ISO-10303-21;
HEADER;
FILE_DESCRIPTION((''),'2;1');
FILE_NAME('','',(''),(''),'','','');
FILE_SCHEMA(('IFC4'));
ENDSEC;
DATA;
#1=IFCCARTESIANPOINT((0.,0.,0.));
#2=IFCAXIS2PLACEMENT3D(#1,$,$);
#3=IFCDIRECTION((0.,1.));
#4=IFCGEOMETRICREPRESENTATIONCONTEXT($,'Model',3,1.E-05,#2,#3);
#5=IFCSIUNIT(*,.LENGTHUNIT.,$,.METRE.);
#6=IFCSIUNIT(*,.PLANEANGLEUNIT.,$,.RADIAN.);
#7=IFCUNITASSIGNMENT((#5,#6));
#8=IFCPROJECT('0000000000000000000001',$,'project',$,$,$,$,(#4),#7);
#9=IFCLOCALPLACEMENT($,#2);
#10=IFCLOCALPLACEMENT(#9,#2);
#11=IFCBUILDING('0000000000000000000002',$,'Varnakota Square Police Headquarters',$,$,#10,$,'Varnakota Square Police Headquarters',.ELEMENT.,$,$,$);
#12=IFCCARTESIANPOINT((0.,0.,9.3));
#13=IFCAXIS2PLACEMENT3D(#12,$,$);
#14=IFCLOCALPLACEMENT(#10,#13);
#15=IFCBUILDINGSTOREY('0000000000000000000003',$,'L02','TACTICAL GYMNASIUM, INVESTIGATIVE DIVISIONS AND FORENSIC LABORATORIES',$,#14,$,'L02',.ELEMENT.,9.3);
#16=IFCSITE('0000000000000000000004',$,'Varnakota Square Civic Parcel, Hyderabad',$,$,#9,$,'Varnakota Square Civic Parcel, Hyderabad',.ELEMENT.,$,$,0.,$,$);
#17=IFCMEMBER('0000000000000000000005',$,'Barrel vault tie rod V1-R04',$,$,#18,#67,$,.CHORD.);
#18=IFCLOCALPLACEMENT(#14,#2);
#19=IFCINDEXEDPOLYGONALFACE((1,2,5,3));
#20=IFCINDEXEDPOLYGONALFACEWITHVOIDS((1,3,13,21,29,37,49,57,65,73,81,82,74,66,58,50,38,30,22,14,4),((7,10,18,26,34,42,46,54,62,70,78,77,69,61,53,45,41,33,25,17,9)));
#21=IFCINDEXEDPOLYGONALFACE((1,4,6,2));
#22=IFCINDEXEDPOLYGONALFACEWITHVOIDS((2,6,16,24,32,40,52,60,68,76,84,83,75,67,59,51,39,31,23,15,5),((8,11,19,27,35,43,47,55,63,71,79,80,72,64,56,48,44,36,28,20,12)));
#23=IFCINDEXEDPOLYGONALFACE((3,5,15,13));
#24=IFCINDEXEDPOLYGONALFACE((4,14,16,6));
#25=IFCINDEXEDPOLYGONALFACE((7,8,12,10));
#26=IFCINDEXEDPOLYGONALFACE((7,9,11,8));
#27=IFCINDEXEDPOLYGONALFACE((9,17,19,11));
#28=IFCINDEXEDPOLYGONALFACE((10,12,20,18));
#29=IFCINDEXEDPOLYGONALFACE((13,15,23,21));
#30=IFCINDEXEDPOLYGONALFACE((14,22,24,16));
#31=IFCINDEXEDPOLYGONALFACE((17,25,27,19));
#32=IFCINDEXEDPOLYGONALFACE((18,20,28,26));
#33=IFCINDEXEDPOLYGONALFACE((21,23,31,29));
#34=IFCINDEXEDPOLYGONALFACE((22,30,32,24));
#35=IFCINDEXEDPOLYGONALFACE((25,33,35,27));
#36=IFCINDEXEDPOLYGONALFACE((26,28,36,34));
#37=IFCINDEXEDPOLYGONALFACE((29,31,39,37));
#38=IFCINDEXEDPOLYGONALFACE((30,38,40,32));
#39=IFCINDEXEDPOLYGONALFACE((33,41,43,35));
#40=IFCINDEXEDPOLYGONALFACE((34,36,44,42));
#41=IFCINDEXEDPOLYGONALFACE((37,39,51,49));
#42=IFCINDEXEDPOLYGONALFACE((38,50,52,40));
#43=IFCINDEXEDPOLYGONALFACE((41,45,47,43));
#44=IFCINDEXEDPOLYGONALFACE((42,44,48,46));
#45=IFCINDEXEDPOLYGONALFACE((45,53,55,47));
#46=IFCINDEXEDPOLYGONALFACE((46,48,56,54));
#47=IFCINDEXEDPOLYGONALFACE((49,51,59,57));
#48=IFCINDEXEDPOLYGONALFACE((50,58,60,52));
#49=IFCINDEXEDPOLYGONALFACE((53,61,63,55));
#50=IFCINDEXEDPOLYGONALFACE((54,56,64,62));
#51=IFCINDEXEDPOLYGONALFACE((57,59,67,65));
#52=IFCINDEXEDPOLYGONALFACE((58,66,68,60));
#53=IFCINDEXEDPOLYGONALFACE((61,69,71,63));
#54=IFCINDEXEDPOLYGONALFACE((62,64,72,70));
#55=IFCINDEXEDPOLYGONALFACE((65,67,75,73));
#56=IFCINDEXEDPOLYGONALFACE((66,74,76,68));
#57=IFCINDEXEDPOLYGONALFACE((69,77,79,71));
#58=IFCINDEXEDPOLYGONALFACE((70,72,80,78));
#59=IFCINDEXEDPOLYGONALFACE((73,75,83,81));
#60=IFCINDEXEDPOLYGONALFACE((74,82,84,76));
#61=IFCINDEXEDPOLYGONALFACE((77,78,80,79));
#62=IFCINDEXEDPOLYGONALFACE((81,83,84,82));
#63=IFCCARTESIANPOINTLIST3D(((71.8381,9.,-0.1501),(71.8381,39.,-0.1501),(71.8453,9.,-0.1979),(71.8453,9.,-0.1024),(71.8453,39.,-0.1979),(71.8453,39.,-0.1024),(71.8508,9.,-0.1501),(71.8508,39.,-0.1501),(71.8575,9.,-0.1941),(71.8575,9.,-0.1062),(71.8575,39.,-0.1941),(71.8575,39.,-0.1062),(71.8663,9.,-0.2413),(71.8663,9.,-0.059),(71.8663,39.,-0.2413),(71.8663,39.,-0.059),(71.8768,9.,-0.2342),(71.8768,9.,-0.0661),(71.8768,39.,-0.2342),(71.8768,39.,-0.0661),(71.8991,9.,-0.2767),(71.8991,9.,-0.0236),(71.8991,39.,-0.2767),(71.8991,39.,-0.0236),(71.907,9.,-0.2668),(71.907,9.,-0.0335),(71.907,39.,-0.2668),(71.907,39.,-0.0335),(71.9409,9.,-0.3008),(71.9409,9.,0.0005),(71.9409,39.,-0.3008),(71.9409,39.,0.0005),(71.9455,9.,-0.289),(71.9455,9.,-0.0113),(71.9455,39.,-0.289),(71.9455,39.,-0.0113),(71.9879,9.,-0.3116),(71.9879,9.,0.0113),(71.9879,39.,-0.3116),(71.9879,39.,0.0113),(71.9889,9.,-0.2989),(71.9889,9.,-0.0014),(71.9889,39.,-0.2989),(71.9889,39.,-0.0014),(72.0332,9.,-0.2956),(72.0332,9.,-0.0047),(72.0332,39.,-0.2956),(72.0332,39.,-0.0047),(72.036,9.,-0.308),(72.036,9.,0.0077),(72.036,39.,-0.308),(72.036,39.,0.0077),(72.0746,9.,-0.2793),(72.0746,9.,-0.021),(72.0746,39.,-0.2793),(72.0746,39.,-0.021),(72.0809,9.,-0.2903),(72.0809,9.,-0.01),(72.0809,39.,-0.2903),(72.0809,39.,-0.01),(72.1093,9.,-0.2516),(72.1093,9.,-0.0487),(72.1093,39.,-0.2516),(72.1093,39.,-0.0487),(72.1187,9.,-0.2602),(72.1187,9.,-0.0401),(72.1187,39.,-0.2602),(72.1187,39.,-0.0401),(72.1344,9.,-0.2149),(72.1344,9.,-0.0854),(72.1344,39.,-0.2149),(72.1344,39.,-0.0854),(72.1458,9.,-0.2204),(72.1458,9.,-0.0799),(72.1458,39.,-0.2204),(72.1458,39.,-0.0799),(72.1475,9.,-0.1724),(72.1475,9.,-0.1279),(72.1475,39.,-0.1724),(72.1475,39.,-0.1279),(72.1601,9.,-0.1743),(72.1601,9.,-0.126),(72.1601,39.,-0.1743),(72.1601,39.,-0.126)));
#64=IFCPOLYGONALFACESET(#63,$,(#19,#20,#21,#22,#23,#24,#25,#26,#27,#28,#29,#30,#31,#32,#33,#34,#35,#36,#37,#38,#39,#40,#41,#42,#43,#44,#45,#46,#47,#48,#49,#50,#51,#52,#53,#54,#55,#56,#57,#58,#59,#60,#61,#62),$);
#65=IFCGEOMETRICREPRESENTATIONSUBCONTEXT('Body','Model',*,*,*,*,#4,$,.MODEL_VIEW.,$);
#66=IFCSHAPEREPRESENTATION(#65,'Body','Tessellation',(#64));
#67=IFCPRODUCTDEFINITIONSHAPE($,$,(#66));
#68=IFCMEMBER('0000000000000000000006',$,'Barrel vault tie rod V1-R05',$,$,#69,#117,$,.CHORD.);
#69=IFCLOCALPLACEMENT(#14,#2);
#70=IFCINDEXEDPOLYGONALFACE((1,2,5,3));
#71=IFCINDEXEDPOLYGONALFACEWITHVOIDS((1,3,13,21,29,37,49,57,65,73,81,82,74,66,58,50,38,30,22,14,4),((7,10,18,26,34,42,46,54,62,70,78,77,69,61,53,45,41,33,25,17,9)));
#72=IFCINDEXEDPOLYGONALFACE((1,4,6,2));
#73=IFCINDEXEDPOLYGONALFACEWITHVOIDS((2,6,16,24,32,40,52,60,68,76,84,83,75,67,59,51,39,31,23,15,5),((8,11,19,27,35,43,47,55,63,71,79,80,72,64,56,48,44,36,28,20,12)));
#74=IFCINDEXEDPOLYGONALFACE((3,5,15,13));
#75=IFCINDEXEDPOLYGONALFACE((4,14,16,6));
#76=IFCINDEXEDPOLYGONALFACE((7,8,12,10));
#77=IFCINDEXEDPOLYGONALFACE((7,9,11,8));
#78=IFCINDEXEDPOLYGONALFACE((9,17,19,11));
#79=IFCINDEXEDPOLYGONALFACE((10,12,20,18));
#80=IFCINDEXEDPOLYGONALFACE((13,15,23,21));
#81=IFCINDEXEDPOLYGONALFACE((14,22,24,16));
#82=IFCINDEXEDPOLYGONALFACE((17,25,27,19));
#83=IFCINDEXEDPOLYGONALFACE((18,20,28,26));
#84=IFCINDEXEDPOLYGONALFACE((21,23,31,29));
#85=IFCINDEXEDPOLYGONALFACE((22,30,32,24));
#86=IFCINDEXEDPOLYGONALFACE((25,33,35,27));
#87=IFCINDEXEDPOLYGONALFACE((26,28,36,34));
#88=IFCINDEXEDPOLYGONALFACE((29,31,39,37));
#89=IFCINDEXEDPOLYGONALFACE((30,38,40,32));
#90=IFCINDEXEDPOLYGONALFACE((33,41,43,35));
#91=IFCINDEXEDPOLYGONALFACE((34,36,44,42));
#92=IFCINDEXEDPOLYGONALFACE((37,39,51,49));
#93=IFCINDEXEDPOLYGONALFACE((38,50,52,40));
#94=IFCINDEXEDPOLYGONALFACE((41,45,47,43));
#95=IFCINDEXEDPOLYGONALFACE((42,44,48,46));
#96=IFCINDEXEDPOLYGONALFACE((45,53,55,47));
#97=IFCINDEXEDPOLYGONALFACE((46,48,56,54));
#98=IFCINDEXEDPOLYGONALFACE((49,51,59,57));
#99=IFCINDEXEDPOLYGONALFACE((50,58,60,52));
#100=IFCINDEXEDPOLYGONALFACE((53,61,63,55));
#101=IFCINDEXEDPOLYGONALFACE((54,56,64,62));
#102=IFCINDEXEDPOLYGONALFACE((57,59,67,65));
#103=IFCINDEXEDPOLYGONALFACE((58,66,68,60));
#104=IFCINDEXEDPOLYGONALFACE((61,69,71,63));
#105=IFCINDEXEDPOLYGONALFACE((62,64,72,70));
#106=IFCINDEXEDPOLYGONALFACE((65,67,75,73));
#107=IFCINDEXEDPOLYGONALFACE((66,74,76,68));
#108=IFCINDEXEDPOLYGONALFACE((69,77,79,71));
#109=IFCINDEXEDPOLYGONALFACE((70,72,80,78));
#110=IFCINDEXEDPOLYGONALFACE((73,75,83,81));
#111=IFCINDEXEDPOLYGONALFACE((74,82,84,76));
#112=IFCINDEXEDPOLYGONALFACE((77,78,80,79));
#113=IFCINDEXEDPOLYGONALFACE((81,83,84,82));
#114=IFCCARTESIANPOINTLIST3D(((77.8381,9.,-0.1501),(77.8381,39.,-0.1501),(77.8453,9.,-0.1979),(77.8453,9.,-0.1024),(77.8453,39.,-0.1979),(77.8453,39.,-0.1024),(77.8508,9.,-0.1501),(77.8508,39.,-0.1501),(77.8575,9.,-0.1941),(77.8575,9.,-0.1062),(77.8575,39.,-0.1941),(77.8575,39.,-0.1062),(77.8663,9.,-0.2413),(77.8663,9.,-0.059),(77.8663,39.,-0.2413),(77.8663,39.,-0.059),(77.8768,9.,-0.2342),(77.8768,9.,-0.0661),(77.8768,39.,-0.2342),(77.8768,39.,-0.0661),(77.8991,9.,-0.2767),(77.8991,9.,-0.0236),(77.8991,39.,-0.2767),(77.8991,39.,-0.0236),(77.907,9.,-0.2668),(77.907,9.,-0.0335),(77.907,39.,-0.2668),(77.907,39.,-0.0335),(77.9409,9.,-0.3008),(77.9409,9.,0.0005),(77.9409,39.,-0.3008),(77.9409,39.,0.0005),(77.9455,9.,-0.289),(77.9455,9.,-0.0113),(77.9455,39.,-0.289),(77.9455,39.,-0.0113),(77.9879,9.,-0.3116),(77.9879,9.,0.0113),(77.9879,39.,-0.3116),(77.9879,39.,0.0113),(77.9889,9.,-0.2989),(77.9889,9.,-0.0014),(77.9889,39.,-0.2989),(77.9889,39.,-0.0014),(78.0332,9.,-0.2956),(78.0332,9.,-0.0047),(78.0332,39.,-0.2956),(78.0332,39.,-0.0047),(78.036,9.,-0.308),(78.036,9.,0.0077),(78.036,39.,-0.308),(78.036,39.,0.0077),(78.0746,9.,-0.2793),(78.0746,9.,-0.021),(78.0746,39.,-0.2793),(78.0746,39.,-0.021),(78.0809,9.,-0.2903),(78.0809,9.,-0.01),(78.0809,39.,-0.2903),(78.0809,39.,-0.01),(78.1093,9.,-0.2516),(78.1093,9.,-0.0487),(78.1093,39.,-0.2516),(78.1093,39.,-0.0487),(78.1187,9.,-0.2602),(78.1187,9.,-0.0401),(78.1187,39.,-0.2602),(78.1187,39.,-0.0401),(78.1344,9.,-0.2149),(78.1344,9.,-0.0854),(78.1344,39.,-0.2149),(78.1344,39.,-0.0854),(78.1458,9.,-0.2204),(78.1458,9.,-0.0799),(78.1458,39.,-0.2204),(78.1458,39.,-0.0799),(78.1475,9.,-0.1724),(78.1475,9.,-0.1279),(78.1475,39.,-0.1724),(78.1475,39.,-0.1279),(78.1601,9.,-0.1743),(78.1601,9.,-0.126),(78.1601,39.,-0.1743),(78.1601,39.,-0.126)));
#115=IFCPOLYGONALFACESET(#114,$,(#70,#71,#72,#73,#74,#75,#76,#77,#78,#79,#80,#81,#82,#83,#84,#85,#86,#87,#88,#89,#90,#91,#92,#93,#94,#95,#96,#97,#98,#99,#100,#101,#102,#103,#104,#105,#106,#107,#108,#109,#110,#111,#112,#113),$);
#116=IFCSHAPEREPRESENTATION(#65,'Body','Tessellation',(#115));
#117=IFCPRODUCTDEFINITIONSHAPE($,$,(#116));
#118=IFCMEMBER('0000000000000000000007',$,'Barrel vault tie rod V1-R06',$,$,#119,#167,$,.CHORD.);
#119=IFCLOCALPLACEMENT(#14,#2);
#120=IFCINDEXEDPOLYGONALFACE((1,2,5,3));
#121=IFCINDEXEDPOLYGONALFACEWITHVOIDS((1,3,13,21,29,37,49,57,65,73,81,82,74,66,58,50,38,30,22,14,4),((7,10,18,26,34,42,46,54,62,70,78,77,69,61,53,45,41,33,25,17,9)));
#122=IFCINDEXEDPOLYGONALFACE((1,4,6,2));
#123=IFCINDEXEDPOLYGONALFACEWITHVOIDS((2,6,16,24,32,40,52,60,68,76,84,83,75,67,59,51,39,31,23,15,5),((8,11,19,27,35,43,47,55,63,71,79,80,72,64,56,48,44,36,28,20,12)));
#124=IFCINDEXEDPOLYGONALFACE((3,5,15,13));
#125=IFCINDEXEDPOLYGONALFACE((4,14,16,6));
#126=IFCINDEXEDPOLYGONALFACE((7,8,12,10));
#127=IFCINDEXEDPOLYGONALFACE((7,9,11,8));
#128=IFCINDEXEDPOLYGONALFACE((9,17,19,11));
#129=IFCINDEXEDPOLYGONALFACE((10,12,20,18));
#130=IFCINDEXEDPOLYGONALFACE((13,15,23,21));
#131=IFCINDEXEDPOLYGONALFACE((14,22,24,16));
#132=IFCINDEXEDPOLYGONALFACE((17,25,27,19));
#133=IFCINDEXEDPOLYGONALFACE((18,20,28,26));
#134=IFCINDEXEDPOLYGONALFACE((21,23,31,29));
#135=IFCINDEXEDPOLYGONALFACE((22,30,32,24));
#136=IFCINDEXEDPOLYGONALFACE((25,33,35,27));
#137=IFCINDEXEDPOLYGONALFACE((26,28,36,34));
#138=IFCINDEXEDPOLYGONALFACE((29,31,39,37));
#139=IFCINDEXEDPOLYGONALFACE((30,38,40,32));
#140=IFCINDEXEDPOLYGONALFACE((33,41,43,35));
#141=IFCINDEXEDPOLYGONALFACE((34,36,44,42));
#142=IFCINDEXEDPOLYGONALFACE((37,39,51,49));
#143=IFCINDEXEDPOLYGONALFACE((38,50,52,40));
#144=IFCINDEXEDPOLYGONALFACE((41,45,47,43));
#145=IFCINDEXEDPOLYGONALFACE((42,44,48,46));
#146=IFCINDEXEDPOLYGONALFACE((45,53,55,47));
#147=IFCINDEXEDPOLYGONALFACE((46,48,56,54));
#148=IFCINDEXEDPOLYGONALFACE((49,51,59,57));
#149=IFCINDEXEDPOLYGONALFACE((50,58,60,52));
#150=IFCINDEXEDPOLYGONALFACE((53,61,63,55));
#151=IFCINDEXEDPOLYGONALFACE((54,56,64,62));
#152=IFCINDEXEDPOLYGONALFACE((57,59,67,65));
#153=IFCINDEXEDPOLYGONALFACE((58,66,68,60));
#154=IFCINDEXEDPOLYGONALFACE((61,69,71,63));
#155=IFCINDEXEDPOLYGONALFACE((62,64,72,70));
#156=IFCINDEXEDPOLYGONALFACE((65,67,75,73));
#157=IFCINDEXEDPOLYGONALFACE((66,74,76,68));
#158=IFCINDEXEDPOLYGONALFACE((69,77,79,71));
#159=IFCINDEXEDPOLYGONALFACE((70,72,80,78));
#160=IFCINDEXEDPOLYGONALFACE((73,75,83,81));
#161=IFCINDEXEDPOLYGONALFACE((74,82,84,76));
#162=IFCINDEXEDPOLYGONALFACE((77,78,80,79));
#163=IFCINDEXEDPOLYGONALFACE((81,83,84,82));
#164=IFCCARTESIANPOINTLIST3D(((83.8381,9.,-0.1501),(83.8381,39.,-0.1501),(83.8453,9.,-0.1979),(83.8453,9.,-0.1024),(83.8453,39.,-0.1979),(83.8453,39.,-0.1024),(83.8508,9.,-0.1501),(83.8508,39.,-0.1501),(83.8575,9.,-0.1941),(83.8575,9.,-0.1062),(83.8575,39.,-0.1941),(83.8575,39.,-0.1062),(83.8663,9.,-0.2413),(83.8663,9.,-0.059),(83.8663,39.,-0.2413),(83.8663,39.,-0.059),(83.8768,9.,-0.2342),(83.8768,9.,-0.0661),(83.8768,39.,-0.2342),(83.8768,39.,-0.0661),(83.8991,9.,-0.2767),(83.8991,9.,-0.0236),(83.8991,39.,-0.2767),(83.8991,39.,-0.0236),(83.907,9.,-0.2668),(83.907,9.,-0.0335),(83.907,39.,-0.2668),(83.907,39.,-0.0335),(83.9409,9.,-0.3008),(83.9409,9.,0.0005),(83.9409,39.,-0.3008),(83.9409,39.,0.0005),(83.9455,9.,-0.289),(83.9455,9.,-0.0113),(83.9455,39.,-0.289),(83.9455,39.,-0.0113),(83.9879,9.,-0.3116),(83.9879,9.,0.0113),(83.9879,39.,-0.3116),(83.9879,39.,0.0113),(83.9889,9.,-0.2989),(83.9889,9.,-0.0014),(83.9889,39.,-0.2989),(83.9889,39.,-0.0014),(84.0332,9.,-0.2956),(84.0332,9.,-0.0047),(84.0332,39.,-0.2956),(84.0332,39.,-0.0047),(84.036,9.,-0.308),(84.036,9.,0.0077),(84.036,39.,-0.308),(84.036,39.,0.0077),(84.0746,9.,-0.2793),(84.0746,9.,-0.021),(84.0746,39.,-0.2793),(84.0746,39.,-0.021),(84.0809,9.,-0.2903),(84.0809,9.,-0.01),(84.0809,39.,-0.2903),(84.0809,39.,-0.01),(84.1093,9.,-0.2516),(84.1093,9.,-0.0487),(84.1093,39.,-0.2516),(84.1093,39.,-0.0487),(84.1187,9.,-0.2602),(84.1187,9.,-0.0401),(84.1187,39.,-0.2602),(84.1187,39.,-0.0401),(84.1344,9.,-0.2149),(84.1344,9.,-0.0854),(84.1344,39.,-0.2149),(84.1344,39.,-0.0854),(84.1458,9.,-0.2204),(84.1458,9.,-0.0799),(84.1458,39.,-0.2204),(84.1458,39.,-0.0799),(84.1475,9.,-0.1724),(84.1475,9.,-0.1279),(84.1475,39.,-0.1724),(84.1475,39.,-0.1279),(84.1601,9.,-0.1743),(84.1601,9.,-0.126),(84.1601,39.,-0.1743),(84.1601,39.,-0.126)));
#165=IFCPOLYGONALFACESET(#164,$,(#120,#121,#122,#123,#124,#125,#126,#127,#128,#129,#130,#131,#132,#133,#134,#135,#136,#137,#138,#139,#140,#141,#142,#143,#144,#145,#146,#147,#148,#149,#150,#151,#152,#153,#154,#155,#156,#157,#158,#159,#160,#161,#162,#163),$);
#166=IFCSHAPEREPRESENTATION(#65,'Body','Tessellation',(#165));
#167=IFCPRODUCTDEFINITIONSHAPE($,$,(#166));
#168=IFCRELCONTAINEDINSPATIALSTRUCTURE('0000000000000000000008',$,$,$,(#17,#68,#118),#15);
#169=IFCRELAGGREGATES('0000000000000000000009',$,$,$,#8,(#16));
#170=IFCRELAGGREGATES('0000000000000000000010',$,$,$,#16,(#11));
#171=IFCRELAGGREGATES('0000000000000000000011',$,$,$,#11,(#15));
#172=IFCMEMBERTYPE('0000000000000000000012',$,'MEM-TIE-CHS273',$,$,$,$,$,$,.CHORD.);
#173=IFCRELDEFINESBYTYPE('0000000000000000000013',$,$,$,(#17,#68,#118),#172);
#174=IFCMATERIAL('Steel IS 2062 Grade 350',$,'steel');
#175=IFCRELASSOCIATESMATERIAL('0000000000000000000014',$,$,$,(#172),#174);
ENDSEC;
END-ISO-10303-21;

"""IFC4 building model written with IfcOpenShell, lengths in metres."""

from ifc_helpers import new_model, si_unit, direction, frame, origin, origin_2d, place, context, subcontext, project, spatial, hollow_circle, extrude, material, material_profile, profile_set, type_object, element, save


model = new_model("IFC4")

# Units and contexts
model_context = context("Model", 3, precision=1e-05, world=origin(), true_north=direction((0.0, 1.0)))
body_context = subcontext(model_context, "Body", "Model", "MODEL_VIEW")
ifc_project = project(units=[si_unit("LENGTHUNIT", "METRE"), si_unit("PLANEANGLEUNIT", "RADIAN")], contexts=[model_context])

# Site, building, storey
site_placement = place(None, origin())
site = spatial("IfcSite", under=ifc_project, at=site_placement, Name="Varnakota Square Civic Parcel, Hyderabad", LongName="Varnakota Square Civic Parcel, Hyderabad", CompositionType="ELEMENT", RefElevation=0.0)
building_placement = place(site_placement, origin())
building = spatial("IfcBuilding", under=site, at=building_placement, Name="Varnakota Square Police Headquarters", LongName="Varnakota Square Police Headquarters", CompositionType="ELEMENT")
storey_placement = place(building_placement, frame((0.0, 0.0, 9.3)))
storey = spatial("IfcBuildingStorey", under=building, at=storey_placement, Name="L02", Description="TACTICAL GYMNASIUM, INVESTIGATIVE DIVISIONS AND FORENSIC LABORATORIES", LongName="L02", CompositionType="ELEMENT", Elevation=9.3)

# Shared definitions
ifc_material_1 = material(Name="Steel IS 2062 Grade 350", Category="steel")

# Members
ifc_material_profile_1 = material_profile(ifc_material_1, hollow_circle(Radius=0.1619, WallThickness=0.0127, at=origin_2d()), Name="CHS 323.9x12.7")
ifc_profile_set_1 = profile_set([ifc_material_profile_1], Name="Steel IS 2062 Grade 350")
member_type_1 = type_object("IfcMemberType", Name="MEM-TIE-CHS273", PredefinedType="CHORD", material=ifc_profile_set_1)
for number, where, z_axis, x_axis, name in (
    (1, (72.0, 9.0, -0.1501), (0.0, 1.0, 0.0), (-1.0, 0.0, 0.0), "Barrel vault tie rod V1-R04"),
    (2, (78.0, 9.0, -0.1501), (0.0, 1.0, 0.0), (-1.0, 0.0, 0.0), "Barrel vault tie rod V1-R05"),
    (3, (84.0, 9.0, -0.1501), (0.0, 1.0, 0.0), (-1.0, 0.0, 0.0), "Barrel vault tie rod V1-R06"),
):
    element("IfcMember", number, at=place(storey_placement, frame(where, z_axis=z_axis, x_axis=x_axis)), inside=storey, type_object=member_type_1, Name=name, PredefinedType="CHORD", context=body_context, shape_type="SweptSolid", body=[
        extrude(hollow_circle(Radius=0.1619, WallThickness=0.0127, at=origin_2d()), origin(), (0.0, 0.0, 1.0), 30.0),
    ])

save(model, "model.ifc")
